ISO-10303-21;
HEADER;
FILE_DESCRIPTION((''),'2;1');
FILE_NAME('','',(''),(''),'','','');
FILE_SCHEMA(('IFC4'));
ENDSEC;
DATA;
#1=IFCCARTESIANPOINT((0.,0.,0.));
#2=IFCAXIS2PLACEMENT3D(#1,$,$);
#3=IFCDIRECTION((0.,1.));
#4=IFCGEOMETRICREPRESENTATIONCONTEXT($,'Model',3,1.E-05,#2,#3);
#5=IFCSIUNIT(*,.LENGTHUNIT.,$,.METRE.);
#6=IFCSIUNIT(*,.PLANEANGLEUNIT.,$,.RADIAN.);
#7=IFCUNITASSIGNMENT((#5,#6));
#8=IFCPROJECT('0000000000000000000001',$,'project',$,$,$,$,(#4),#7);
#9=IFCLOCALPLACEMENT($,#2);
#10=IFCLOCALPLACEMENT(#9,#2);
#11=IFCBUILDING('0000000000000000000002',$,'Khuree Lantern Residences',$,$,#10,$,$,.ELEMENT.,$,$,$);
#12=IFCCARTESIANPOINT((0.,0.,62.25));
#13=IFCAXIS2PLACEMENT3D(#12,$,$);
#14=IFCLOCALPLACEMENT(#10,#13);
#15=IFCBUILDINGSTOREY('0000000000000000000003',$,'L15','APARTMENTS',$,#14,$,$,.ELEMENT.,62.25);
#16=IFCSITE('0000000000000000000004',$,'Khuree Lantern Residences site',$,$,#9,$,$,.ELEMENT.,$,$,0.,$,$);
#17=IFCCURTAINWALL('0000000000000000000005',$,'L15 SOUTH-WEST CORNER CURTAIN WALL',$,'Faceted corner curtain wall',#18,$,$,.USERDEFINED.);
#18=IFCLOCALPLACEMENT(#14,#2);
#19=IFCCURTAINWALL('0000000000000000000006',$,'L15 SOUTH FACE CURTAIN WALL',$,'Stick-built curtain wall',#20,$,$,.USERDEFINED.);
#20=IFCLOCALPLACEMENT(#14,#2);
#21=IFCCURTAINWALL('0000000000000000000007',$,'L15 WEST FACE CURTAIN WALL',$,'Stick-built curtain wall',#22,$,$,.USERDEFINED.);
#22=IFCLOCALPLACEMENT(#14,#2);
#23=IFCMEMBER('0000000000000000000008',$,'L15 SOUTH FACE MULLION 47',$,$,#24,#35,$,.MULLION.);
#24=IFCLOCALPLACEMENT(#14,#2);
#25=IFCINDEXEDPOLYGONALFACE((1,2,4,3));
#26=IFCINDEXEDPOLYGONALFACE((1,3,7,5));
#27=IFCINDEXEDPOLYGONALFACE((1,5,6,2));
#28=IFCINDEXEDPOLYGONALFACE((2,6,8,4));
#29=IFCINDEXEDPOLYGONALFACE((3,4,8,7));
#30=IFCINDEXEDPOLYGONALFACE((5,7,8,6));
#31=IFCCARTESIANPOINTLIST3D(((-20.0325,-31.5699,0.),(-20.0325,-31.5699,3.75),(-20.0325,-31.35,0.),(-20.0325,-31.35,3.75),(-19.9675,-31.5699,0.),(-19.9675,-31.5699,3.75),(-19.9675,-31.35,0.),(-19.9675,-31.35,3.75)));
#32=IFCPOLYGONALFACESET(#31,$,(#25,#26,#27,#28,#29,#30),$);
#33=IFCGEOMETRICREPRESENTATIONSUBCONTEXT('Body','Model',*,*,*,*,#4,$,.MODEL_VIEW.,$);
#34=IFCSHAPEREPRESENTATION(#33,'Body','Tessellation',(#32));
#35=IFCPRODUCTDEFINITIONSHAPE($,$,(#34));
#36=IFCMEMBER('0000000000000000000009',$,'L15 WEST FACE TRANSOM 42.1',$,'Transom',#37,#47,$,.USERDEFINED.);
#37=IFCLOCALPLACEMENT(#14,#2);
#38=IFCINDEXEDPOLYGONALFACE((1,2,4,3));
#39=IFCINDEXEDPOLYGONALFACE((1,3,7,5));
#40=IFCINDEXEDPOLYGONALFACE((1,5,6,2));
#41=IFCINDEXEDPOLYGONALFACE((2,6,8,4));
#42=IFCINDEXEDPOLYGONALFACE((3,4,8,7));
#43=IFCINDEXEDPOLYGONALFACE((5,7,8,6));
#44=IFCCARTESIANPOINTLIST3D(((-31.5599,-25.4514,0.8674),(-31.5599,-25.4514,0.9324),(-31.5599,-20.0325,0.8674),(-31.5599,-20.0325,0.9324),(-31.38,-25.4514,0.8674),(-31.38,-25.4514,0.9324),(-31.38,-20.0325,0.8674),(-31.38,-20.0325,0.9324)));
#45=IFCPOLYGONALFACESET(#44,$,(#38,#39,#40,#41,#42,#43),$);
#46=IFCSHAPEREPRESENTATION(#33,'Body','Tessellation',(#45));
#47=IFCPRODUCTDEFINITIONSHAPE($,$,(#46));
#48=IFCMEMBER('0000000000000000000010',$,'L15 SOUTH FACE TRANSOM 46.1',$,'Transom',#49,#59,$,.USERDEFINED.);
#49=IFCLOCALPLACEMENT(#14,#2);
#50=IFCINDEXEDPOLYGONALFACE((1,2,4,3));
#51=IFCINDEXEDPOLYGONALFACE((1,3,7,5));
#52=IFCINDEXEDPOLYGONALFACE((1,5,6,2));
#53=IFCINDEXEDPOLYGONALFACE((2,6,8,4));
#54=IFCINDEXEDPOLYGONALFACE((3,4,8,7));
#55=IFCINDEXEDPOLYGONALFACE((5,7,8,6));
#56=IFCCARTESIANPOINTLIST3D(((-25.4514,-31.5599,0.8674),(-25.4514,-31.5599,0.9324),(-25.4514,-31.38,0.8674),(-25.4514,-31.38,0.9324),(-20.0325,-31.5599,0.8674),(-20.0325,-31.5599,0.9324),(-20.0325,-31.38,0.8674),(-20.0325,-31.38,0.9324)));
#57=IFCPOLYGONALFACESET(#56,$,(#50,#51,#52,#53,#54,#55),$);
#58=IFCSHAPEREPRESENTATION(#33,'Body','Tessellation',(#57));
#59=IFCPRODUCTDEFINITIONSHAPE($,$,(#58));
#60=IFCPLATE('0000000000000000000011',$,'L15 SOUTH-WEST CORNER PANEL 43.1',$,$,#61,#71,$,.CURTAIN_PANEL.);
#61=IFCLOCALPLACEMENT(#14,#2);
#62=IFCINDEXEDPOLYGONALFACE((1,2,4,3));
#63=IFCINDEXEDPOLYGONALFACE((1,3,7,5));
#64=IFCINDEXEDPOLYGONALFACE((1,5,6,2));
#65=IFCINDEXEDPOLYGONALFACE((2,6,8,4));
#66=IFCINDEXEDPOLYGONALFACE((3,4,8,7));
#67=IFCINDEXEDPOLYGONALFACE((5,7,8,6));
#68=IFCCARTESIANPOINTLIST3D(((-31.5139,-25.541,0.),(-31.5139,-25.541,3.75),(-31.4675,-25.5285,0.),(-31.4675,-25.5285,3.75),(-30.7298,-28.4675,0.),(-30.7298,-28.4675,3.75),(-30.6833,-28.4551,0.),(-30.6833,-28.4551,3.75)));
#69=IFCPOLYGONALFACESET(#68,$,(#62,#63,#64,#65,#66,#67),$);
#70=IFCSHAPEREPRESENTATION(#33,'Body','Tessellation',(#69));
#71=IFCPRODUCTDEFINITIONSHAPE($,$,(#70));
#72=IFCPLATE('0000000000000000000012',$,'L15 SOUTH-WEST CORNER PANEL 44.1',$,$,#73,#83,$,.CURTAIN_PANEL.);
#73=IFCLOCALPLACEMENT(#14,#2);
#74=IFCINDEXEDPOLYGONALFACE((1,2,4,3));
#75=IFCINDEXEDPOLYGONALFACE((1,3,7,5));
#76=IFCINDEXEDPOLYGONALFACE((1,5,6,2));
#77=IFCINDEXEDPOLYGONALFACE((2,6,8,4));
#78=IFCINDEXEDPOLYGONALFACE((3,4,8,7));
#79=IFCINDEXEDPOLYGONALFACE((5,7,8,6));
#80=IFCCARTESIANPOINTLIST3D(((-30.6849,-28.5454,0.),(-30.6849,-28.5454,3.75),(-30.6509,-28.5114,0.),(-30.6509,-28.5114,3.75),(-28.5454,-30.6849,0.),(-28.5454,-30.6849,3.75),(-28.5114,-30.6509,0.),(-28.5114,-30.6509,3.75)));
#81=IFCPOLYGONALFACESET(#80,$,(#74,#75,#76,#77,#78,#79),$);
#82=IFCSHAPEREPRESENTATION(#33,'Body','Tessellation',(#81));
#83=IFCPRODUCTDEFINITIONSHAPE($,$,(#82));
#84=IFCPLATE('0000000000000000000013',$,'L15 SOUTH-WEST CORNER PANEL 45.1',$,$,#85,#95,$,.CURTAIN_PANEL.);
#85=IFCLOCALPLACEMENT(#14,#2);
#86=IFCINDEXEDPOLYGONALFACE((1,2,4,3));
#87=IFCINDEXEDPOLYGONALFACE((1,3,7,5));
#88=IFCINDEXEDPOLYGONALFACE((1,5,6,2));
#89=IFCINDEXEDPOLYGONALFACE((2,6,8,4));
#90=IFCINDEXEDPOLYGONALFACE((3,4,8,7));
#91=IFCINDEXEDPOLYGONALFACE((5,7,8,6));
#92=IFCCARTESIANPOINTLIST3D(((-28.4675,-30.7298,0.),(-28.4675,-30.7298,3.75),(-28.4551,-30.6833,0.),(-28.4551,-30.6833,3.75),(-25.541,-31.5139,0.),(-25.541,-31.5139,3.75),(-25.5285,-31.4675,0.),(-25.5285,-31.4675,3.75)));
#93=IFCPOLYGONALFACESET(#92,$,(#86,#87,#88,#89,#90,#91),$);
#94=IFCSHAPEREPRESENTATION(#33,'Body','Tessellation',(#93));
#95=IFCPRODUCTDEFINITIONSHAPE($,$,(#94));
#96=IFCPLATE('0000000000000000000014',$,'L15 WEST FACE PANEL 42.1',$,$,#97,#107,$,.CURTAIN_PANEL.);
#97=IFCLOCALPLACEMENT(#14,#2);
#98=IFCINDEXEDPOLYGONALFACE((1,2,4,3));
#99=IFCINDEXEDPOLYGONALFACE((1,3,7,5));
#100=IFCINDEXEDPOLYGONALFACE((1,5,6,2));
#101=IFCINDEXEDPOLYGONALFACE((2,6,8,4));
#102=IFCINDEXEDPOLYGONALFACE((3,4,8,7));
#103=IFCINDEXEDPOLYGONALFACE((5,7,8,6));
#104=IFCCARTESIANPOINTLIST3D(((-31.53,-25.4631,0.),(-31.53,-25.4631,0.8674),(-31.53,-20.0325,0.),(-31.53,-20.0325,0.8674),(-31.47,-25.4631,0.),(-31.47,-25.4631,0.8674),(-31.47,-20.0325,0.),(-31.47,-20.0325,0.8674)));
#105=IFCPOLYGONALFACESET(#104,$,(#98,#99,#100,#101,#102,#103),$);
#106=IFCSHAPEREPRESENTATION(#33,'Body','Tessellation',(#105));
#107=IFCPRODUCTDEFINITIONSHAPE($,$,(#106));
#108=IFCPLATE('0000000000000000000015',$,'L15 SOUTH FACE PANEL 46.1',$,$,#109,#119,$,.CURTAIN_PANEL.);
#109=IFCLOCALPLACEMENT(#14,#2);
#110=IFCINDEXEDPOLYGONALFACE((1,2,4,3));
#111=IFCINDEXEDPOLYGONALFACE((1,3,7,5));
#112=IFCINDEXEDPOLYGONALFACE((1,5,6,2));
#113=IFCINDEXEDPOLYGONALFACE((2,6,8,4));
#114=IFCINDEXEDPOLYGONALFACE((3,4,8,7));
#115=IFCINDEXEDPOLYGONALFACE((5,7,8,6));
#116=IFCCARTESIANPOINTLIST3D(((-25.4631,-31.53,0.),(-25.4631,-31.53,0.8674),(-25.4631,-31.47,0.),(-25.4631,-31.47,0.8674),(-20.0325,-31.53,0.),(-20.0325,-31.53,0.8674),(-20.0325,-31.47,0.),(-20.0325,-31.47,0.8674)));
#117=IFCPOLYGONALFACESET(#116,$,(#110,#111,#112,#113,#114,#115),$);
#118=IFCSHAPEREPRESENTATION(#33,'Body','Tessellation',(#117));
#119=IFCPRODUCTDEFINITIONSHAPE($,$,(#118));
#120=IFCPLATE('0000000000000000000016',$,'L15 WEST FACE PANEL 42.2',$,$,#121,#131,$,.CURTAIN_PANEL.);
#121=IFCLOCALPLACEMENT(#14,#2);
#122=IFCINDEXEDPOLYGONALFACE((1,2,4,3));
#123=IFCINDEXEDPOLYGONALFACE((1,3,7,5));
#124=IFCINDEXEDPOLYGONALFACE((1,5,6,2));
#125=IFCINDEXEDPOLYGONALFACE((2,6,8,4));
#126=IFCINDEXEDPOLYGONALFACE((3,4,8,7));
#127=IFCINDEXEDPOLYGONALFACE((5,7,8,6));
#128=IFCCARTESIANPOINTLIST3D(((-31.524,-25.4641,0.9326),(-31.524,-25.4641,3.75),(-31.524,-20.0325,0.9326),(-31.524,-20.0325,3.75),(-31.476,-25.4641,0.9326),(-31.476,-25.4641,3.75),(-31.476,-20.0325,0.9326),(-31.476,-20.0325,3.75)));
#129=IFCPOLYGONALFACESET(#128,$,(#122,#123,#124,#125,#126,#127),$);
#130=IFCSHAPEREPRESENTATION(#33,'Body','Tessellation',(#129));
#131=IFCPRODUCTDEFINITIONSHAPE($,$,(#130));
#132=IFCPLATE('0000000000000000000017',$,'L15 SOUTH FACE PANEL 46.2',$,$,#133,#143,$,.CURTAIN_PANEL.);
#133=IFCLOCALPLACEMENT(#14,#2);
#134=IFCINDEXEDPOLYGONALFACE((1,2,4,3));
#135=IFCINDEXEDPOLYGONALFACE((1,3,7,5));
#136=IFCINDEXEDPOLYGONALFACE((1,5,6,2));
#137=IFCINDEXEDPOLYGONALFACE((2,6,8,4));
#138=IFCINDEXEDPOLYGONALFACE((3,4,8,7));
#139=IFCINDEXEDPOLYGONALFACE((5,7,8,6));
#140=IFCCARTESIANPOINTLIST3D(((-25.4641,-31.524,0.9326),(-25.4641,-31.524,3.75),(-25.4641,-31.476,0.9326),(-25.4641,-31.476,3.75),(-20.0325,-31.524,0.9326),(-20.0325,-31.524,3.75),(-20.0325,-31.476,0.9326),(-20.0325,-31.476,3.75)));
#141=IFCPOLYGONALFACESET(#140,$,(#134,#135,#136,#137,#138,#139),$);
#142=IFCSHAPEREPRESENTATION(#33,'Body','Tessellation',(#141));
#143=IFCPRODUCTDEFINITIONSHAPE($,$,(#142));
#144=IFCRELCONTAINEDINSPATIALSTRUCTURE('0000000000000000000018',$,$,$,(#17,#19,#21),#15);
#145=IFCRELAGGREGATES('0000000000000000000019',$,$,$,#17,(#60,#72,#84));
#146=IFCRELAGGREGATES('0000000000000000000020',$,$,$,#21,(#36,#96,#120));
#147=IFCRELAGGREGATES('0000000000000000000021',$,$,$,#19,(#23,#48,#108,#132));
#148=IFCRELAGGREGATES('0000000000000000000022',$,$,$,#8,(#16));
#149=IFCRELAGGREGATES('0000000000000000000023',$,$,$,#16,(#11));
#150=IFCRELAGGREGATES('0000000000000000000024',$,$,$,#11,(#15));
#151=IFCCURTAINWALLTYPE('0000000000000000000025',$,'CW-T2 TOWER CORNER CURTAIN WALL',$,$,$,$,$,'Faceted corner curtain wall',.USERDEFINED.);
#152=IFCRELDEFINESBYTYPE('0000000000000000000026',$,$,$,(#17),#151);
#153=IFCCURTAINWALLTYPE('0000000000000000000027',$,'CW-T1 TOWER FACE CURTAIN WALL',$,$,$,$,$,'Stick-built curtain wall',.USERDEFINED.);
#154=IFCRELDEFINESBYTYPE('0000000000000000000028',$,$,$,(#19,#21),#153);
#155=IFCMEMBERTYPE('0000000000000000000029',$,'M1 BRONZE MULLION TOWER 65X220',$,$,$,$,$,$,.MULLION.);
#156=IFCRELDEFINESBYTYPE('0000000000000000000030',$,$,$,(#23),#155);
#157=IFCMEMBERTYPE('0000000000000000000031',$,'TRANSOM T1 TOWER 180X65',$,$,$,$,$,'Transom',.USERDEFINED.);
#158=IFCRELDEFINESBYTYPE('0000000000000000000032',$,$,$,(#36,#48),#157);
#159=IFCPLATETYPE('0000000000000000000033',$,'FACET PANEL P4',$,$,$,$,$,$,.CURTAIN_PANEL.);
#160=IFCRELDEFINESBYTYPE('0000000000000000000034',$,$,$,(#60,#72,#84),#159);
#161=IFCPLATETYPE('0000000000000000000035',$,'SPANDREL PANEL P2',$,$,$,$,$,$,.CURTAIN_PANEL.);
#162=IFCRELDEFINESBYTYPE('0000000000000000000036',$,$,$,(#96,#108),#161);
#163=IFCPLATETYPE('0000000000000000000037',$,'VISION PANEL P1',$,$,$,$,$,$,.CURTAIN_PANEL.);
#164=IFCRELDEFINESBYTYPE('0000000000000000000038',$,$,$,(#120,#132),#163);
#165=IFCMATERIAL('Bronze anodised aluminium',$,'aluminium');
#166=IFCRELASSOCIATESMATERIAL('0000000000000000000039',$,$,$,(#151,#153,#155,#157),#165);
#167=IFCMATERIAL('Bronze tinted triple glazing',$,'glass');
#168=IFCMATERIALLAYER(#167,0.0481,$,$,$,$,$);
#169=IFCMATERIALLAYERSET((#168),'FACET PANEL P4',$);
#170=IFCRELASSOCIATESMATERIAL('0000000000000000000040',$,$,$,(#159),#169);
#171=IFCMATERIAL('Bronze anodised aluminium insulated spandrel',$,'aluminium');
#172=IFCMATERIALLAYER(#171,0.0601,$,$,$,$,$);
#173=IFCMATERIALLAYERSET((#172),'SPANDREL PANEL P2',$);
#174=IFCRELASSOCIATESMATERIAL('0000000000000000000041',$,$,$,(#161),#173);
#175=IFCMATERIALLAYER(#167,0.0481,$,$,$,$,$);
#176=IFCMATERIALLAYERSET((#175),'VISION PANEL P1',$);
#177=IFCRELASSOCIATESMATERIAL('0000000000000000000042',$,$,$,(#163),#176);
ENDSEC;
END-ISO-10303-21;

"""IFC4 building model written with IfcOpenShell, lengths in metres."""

from ifc_helpers import new_model, si_unit, direction, frame, origin, origin_2d, place, context, subcontext, project, spatial, rectangle, extrude, material, layer, layer_set, material_profile, profile_set, type_object, element, aggregate, save


model = new_model("IFC4")

# Units and contexts
model_context = context("Model", 3, precision=1e-05, world=origin(), true_north=direction((0.0, 1.0)))
body_context = subcontext(model_context, "Body", "Model", "MODEL_VIEW")
ifc_project = project(units=[si_unit("LENGTHUNIT", "METRE"), si_unit("PLANEANGLEUNIT", "RADIAN")], contexts=[model_context])

# Site, building, storey
site_placement = place(None, origin())
site = spatial("IfcSite", under=ifc_project, at=site_placement, Name="Khuree Lantern Residences site", CompositionType="ELEMENT", RefElevation=0.0)
building_placement = place(site_placement, origin())
building = spatial("IfcBuilding", under=site, at=building_placement, Name="Khuree Lantern Residences", CompositionType="ELEMENT")
storey_placement = place(building_placement, frame((0.0, 0.0, 62.25)))
storey = spatial("IfcBuildingStorey", under=building, at=storey_placement, Name="L15", Description="APARTMENTS", CompositionType="ELEMENT", Elevation=62.25)

# Curtain walls
ifc_material_1 = material(Name="Bronze anodised aluminium", Category="aluminium")
curtain_wall_type_1 = type_object("IfcCurtainWallType", Name="CW-T2 TOWER CORNER CURTAIN WALL", ElementType="Faceted corner curtain wall", PredefinedType="USERDEFINED", material=ifc_material_1)
curtain_wall_1_placement = place(storey_placement, origin())
curtain_wall_1 = element("IfcCurtainWall", 1, at=curtain_wall_1_placement, inside=storey, type_object=curtain_wall_type_1, Name="L15 SOUTH-WEST CORNER CURTAIN WALL", ObjectType="Faceted corner curtain wall", PredefinedType="USERDEFINED")
curtain_wall_type_2 = type_object("IfcCurtainWallType", Name="CW-T1 TOWER FACE CURTAIN WALL", ElementType="Stick-built curtain wall", PredefinedType="USERDEFINED", material=ifc_material_1)
curtain_wall_2_placement = place(storey_placement, origin())
curtain_wall_2 = element("IfcCurtainWall", 2, at=curtain_wall_2_placement, inside=storey, type_object=curtain_wall_type_2, Name="L15 SOUTH FACE CURTAIN WALL", ObjectType="Stick-built curtain wall", PredefinedType="USERDEFINED")

# Curtain wall
curtain_wall_3_placement = place(storey_placement, origin())
curtain_wall_3 = element("IfcCurtainWall", 3, at=curtain_wall_3_placement, inside=storey, type_object=curtain_wall_type_2, Name="L15 WEST FACE CURTAIN WALL", ObjectType="Stick-built curtain wall", PredefinedType="USERDEFINED")
ifc_material_profile_1 = material_profile(ifc_material_1, rectangle(XDim=0.0649, YDim=0.22, at=origin_2d()), Name="M1 65X220")
ifc_profile_set_1 = profile_set([ifc_material_profile_1], Name="Bronze anodised aluminium")
member_type_1 = type_object("IfcMemberType", Name="M1 BRONZE MULLION TOWER 65X220", PredefinedType="MULLION", material=ifc_profile_set_1)

# Members
member_1_placement = place(storey_placement, frame((-20.0, -31.46, 0.0), z_axis=(0.0, 0.0, 1.0), x_axis=(1.0, 0.0, 0.0)))
member_1 = element("IfcMember", 4, at=member_1_placement, type_object=member_type_1, Name="L15 SOUTH FACE MULLION 47", PredefinedType="MULLION", context=body_context, shape_type="SweptSolid", body=[
    extrude(rectangle(XDim=0.0649, YDim=0.22, at=origin_2d()), origin(), (0.0, 0.0, 1.0), 3.75),
])
ifc_material_profile_2 = material_profile(ifc_material_1, rectangle(XDim=0.1799, YDim=0.0649, at=origin_2d()), Name="T1 180X65")
ifc_profile_set_2 = profile_set([ifc_material_profile_2], Name="Bronze anodised aluminium")
member_type_2 = type_object("IfcMemberType", Name="TRANSOM T1 TOWER 180X65", ElementType="Transom", PredefinedType="USERDEFINED", material=ifc_profile_set_2)
member_2_placement = place(storey_placement, frame((-31.47, -20.0325, 0.8999), z_axis=(0.0, -1.0, 0.0), x_axis=(1.0, 0.0, 0.0)))
member_2 = element("IfcMember", 5, at=member_2_placement, type_object=member_type_2, Name="L15 WEST FACE TRANSOM 42.1", ObjectType="Transom", PredefinedType="USERDEFINED", context=body_context, shape_type="SweptSolid", body=[
    extrude(rectangle(XDim=0.1799, YDim=0.0649, at=origin_2d()), origin(), (0.0, 0.0, 1.0), 5.4189),
])
member_3_placement = place(storey_placement, frame((-25.4514, -31.47, 0.8999), z_axis=(1.0, 0.0, 0.0), x_axis=(0.0, 1.0, 0.0)))
member_3 = element("IfcMember", 6, at=member_3_placement, type_object=member_type_2, Name="L15 SOUTH FACE TRANSOM 46.1", ObjectType="Transom", PredefinedType="USERDEFINED", context=body_context, shape_type="SweptSolid", body=[
    extrude(rectangle(XDim=0.1799, YDim=0.0649, at=origin_2d()), origin(), (0.0, 0.0, 1.0), 5.4189),
])

# Plates
ifc_material_2 = material(Name="Bronze tinted triple glazing", Category="glass")
ifc_layer_1 = layer(ifc_material_2, 0.0481)
ifc_layer_set_1 = layer_set([ifc_layer_1], Name="FACET PANEL P4")
plate_type_1 = type_object("IfcPlateType", Name="FACET PANEL P4", PredefinedType="CURTAIN_PANEL", material=ifc_layer_set_1)
plate_1_placement = place(storey_placement, frame((-31.0986, -26.998, 0.0), z_axis=(0.0, 0.0, 1.0), x_axis=(0.258819, -0.965926, 0.0)))
plate_1 = element("IfcPlate", 7, at=plate_1_placement, type_object=plate_type_1, Name="L15 SOUTH-WEST CORNER PANEL 43.1", PredefinedType="CURTAIN_PANEL", context=body_context, shape_type="SweptSolid", body=[
    extrude(rectangle(XDim=3.0298, YDim=0.0481, at=origin_2d()), origin(), (0.0, 0.0, 1.0), 3.75),
])
plate_2_placement = place(storey_placement, frame((-29.5981, -29.5981, 0.0), z_axis=(0.0, 0.0, 1.0), x_axis=(0.707107, -0.707107, 0.0)))
plate_2 = element("IfcPlate", 8, at=plate_2_placement, type_object=plate_type_1, Name="L15 SOUTH-WEST CORNER PANEL 44.1", PredefinedType="CURTAIN_PANEL", context=body_context, shape_type="SweptSolid", body=[
    extrude(rectangle(XDim=3.0256, YDim=0.0481, at=origin_2d()), origin(), (0.0, 0.0, 1.0), 3.75),
])
plate_3_placement = place(storey_placement, frame((-26.998, -31.0986, 0.0), z_axis=(0.0, 0.0, 1.0), x_axis=(0.965926, -0.258819, 0.0)))
plate_3 = element("IfcPlate", 9, at=plate_3_placement, type_object=plate_type_1, Name="L15 SOUTH-WEST CORNER PANEL 45.1", PredefinedType="CURTAIN_PANEL", context=body_context, shape_type="SweptSolid", body=[
    extrude(rectangle(XDim=3.0298, YDim=0.0481, at=origin_2d()), origin(), (0.0, 0.0, 1.0), 3.75),
])
aggregate(curtain_wall_1, [plate_1, plate_2, plate_3])
ifc_material_3 = material(Name="Bronze anodised aluminium insulated spandrel", Category="aluminium")
ifc_layer_2 = layer(ifc_material_3, 0.0601)
ifc_layer_set_2 = layer_set([ifc_layer_2], Name="SPANDREL PANEL P2")
plate_type_2 = type_object("IfcPlateType", Name="SPANDREL PANEL P2", PredefinedType="CURTAIN_PANEL", material=ifc_layer_set_2)
plate_4_placement = place(storey_placement, frame((-31.5, -22.7478, 0.0), z_axis=(0.0, 0.0, 1.0), x_axis=(0.0, -1.0, 0.0)))
plate_4 = element("IfcPlate", 10, at=plate_4_placement, type_object=plate_type_2, Name="L15 WEST FACE PANEL 42.1", PredefinedType="CURTAIN_PANEL", context=body_context, shape_type="SweptSolid", body=[
    extrude(rectangle(XDim=5.4307, YDim=0.0601, at=origin_2d()), origin(), (0.0, 0.0, 1.0), 0.8674),
])
plate_5_placement = place(storey_placement, frame((-22.7478, -31.5, 0.0), z_axis=(0.0, 0.0, 1.0), x_axis=(1.0, 0.0, 0.0)))
plate_5 = element("IfcPlate", 11, at=plate_5_placement, type_object=plate_type_2, Name="L15 SOUTH FACE PANEL 46.1", PredefinedType="CURTAIN_PANEL", context=body_context, shape_type="SweptSolid", body=[
    extrude(rectangle(XDim=5.4307, YDim=0.0601, at=origin_2d()), origin(), (0.0, 0.0, 1.0), 0.8674),
])
ifc_layer_3 = layer(ifc_material_2, 0.0481)
ifc_layer_set_3 = layer_set([ifc_layer_3], Name="VISION PANEL P1")
plate_type_3 = type_object("IfcPlateType", Name="VISION PANEL P1", PredefinedType="CURTAIN_PANEL", material=ifc_layer_set_3)
plate_6_placement = place(storey_placement, frame((-31.5, -22.7483, 0.9326), z_axis=(0.0, 0.0, 1.0), x_axis=(0.0, -1.0, 0.0)))
plate_6 = element("IfcPlate", 12, at=plate_6_placement, type_object=plate_type_3, Name="L15 WEST FACE PANEL 42.2", PredefinedType="CURTAIN_PANEL", context=body_context, shape_type="SweptSolid", body=[
    extrude(rectangle(XDim=5.4316, YDim=0.0481, at=origin_2d()), origin(), (0.0, 0.0, 1.0), 2.8174),
])
aggregate(curtain_wall_3, [member_2, plate_4, plate_6])
plate_7_placement = place(storey_placement, frame((-22.7483, -31.5, 0.9326), z_axis=(0.0, 0.0, 1.0), x_axis=(1.0, 0.0, 0.0)))
plate_7 = element("IfcPlate", 13, at=plate_7_placement, type_object=plate_type_3, Name="L15 SOUTH FACE PANEL 46.2", PredefinedType="CURTAIN_PANEL", context=body_context, shape_type="SweptSolid", body=[
    extrude(rectangle(XDim=5.4316, YDim=0.0481, at=origin_2d()), origin(), (0.0, 0.0, 1.0), 2.8174),
])
aggregate(curtain_wall_2, [member_1, member_3, plate_5, plate_7])

save(model, "model.ifc")
